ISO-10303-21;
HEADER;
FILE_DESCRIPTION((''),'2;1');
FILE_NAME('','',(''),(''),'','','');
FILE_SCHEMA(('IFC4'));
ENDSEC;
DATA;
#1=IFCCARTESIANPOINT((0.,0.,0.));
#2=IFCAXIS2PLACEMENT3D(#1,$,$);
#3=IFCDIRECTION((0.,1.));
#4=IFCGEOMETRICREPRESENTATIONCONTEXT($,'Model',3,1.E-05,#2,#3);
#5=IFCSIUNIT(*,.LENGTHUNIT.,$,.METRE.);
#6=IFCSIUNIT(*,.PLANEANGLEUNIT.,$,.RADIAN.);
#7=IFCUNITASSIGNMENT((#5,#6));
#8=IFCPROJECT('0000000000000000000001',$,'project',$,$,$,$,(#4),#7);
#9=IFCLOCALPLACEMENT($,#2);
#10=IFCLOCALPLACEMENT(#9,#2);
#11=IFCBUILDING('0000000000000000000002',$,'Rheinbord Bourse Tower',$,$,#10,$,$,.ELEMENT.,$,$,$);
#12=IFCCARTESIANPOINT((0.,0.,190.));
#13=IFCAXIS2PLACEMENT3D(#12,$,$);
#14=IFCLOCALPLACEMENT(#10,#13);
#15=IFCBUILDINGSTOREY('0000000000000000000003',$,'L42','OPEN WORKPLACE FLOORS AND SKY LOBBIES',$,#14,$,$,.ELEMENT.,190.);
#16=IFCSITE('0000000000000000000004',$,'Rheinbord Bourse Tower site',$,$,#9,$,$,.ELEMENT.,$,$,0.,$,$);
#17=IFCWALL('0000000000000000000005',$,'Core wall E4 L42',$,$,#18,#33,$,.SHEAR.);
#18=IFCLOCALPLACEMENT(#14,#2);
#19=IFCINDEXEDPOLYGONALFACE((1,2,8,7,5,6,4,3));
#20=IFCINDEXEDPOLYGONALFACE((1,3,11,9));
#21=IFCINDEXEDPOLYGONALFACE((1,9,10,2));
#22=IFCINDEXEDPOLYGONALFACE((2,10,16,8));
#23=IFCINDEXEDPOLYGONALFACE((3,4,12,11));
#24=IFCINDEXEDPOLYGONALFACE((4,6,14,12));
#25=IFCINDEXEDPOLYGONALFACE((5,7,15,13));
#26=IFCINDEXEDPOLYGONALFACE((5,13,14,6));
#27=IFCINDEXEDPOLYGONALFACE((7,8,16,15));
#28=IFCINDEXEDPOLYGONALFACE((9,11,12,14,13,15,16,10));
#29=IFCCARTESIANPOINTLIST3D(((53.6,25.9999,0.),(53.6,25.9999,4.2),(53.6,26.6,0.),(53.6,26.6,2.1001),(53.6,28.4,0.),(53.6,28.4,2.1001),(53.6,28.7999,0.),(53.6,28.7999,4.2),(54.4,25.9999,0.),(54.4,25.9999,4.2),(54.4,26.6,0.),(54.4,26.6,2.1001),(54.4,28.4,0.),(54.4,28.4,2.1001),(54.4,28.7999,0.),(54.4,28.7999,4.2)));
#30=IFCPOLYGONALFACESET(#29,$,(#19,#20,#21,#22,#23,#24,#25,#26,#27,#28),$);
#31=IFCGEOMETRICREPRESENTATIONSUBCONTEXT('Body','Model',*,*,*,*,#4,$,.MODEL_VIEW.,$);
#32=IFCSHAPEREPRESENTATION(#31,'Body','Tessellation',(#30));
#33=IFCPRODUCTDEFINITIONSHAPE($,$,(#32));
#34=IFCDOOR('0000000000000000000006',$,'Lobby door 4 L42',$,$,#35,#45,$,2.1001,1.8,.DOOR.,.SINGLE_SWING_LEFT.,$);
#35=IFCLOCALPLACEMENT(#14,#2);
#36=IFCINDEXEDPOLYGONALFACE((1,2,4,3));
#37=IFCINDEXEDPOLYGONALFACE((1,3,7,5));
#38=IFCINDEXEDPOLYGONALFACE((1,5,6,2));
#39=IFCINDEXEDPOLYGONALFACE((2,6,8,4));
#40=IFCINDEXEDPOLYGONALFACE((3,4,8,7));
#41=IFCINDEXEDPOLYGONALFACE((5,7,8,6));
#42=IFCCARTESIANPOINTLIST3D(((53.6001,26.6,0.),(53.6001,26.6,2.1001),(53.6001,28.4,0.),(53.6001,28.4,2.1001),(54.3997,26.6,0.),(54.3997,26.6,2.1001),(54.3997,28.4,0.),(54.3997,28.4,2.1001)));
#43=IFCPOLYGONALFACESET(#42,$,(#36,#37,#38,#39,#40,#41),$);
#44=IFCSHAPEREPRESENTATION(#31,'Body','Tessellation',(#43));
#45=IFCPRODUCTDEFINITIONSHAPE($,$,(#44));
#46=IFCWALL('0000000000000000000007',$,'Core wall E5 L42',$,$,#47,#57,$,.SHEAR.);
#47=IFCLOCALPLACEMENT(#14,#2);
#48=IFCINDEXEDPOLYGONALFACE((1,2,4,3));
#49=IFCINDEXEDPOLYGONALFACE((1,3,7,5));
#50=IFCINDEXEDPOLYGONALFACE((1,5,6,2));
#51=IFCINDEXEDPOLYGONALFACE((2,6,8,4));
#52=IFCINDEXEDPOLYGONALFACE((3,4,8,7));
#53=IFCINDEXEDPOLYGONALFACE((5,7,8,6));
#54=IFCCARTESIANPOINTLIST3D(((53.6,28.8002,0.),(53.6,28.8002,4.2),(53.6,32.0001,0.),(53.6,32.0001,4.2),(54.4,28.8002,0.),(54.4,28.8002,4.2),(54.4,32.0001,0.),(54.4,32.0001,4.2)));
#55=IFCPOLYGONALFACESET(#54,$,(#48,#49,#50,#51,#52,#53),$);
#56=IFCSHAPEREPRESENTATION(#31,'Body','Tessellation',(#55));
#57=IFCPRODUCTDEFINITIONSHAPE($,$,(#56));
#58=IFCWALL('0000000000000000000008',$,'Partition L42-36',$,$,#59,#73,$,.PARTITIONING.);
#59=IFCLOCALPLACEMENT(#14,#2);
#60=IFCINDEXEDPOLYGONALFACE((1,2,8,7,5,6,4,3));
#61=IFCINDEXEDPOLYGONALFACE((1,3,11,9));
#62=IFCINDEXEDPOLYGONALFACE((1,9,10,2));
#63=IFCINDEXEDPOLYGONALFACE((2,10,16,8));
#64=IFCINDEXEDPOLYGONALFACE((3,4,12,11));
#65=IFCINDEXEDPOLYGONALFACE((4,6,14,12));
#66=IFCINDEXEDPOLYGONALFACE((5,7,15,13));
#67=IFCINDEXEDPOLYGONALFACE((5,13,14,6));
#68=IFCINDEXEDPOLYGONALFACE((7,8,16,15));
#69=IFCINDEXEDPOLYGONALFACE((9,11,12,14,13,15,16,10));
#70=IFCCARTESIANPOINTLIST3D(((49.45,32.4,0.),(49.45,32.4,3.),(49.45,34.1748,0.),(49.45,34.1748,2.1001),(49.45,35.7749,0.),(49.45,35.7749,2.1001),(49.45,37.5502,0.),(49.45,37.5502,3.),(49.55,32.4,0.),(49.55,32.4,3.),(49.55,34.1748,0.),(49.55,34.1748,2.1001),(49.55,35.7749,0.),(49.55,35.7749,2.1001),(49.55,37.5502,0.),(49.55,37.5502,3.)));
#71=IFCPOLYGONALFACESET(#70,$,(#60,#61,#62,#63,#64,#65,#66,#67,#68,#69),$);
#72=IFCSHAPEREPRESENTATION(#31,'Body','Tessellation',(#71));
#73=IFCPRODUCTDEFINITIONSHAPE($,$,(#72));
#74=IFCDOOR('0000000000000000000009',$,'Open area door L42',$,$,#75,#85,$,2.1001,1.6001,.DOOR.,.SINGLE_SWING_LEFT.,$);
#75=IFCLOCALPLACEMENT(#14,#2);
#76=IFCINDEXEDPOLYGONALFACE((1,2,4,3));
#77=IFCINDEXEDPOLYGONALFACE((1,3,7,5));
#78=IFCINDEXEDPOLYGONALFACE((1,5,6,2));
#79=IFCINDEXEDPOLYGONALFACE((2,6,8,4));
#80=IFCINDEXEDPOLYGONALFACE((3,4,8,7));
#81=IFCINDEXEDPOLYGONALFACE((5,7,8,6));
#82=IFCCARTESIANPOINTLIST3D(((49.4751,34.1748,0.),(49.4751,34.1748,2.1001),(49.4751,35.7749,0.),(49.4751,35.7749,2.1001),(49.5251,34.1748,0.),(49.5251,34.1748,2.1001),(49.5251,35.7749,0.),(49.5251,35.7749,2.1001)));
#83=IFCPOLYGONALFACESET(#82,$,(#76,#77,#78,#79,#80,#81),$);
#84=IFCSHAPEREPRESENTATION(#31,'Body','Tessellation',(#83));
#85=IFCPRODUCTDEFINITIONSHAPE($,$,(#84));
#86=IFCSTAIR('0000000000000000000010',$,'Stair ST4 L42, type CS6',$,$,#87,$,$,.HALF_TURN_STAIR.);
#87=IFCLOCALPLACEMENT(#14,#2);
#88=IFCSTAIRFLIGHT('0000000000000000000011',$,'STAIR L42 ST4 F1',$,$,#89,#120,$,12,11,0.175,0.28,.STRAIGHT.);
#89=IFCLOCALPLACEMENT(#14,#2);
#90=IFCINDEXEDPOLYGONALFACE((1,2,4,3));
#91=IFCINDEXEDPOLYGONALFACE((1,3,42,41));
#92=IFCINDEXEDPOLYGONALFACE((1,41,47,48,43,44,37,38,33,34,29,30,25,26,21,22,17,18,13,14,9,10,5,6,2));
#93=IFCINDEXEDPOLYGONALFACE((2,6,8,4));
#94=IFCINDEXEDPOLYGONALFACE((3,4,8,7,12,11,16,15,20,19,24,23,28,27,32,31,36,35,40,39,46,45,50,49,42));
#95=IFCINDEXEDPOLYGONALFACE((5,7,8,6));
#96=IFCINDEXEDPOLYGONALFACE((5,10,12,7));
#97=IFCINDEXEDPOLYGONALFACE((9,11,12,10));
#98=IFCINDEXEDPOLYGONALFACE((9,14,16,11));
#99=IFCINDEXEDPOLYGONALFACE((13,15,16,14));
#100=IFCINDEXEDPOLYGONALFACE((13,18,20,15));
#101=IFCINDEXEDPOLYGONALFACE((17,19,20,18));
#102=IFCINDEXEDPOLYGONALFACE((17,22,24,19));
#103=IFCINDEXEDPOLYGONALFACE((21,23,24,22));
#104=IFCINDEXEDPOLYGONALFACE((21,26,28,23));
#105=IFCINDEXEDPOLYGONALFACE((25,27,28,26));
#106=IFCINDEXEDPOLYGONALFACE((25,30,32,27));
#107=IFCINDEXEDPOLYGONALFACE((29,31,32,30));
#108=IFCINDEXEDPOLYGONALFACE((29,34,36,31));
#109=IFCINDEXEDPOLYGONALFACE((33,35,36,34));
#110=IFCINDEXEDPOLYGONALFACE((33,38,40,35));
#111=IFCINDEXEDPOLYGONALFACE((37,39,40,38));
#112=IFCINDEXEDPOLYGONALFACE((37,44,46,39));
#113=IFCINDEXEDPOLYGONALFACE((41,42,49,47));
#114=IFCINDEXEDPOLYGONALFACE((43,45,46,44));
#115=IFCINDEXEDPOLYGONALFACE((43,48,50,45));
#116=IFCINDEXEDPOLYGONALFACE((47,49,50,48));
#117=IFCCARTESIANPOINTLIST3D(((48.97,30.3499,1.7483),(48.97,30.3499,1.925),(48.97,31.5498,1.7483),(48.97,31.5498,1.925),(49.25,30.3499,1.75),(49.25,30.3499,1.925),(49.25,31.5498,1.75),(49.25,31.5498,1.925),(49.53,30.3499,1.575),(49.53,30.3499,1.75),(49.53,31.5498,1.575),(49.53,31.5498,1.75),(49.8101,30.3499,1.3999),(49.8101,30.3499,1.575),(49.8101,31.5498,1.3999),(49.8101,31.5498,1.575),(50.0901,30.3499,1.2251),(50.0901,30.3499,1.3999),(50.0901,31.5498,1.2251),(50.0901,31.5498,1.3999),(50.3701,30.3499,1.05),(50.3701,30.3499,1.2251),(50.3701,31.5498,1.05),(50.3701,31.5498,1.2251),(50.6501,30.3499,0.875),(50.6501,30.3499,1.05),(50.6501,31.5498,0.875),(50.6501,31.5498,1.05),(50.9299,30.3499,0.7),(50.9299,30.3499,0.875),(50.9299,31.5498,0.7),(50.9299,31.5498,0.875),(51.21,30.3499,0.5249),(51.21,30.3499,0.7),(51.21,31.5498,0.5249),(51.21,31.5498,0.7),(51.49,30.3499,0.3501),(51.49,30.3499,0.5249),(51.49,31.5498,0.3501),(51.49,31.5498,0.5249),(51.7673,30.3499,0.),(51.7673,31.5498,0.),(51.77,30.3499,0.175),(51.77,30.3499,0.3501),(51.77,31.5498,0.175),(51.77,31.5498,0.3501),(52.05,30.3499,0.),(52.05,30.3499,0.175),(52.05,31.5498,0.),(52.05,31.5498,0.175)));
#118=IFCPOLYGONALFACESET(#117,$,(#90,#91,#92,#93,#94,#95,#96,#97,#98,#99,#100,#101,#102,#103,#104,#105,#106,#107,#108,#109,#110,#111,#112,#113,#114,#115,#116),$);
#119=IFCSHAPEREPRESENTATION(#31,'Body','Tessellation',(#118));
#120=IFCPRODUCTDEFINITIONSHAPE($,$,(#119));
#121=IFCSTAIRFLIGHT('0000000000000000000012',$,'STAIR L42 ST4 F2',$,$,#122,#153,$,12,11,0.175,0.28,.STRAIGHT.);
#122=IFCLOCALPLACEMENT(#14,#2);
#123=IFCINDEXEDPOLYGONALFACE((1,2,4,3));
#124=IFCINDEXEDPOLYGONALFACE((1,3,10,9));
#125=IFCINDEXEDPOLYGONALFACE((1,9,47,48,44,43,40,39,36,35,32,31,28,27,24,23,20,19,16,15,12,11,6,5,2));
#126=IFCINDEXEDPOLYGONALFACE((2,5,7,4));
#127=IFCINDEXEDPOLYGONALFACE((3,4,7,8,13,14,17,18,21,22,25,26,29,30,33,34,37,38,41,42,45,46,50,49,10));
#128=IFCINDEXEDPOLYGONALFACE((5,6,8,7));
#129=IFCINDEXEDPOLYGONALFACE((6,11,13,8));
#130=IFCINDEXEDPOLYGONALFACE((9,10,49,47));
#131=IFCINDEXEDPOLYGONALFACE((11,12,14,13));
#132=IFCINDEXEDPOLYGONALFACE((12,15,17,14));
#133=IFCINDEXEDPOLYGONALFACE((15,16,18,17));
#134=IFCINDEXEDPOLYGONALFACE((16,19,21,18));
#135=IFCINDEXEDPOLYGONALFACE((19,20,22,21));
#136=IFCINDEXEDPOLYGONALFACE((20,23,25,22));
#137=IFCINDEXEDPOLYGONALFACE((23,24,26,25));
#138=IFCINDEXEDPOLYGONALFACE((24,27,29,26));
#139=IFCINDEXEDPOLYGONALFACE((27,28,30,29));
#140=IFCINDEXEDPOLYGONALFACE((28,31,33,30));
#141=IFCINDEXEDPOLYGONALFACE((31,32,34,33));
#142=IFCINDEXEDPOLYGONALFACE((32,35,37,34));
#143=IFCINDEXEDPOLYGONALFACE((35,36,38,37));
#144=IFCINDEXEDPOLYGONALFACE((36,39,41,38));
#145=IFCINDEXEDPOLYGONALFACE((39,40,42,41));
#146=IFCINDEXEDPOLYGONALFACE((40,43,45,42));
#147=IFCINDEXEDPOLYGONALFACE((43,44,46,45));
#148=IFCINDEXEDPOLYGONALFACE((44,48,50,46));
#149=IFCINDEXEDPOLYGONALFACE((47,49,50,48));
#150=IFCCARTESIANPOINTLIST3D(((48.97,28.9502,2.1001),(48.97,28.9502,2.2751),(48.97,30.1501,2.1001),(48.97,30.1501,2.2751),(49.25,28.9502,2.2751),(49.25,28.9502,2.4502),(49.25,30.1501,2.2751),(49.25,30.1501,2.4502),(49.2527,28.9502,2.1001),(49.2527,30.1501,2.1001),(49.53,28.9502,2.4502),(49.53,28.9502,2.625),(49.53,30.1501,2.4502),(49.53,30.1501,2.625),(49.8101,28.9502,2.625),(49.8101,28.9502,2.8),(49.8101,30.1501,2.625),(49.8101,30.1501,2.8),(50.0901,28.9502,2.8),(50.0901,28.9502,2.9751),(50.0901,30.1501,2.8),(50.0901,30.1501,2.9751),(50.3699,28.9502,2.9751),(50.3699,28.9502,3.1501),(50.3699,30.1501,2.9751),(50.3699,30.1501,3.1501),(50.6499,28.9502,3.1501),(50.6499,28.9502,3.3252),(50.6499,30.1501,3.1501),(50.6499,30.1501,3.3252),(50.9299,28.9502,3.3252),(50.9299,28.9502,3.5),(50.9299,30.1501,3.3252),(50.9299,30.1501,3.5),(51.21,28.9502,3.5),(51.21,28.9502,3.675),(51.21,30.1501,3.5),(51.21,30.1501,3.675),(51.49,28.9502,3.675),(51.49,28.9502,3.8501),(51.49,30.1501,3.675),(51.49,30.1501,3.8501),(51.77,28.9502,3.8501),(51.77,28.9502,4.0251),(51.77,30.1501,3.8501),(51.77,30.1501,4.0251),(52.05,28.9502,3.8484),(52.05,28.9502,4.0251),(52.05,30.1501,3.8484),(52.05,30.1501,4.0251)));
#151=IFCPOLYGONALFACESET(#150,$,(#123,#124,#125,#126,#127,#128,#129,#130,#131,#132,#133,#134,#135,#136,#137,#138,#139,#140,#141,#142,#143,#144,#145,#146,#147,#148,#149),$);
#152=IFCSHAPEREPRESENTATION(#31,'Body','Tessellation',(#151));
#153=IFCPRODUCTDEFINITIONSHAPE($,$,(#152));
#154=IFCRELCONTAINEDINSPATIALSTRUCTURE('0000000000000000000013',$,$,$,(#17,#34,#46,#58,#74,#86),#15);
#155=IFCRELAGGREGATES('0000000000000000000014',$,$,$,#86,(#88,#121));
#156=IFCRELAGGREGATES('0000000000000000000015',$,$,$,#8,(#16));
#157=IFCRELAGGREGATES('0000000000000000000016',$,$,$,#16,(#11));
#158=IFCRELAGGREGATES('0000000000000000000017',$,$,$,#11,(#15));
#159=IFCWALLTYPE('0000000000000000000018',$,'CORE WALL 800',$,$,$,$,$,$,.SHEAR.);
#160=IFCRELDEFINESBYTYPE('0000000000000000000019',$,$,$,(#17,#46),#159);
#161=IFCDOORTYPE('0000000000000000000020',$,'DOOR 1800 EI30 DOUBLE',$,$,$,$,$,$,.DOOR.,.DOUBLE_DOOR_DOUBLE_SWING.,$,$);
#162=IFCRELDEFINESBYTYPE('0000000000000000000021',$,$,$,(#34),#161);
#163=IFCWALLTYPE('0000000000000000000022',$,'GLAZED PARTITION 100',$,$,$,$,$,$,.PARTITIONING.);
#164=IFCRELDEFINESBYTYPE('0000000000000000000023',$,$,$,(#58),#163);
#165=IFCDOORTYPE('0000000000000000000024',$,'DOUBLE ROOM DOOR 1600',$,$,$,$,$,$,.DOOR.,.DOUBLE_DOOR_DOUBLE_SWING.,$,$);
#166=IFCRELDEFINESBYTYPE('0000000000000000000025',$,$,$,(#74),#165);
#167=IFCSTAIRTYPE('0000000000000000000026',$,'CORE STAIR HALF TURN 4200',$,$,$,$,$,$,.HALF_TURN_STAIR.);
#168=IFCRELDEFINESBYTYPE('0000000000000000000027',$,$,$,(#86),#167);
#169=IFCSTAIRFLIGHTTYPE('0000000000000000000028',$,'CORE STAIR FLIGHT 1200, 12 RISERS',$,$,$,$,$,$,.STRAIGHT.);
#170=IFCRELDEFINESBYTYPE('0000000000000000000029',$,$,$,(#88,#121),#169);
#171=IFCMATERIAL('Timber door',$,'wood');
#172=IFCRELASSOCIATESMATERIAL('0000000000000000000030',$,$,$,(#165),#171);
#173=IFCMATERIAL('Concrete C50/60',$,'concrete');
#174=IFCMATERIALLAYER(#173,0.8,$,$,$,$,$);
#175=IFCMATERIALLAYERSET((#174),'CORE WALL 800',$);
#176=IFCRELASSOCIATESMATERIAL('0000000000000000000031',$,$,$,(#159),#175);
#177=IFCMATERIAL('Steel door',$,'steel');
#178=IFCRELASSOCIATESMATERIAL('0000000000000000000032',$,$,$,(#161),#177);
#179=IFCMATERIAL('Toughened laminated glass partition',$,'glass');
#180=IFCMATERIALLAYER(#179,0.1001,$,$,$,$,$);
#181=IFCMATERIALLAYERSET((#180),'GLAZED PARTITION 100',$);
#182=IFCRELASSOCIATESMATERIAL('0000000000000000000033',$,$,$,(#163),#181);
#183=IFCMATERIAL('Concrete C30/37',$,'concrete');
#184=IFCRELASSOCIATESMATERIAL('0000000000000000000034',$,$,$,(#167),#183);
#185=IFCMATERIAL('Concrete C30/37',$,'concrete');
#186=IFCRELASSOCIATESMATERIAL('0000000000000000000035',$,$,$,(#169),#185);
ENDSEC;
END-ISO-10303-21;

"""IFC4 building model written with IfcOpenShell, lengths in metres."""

from ifc_helpers import new_model, si_unit, direction, frame, frame_2d, origin, place, context, subcontext, project, spatial, polyline, rectangle, outline, extrude, material, layer, layer_set, type_object, element, fill, aggregate, save


model = new_model("IFC4")

# Units and contexts
model_context = context("Model", 3, precision=1e-05, world=origin(), true_north=direction((0.0, 1.0)))
body_context = subcontext(model_context, "Body", "Model", "MODEL_VIEW")
ifc_project = project(units=[si_unit("LENGTHUNIT", "METRE"), si_unit("PLANEANGLEUNIT", "RADIAN")], contexts=[model_context])

# Site, building, storey
site_placement = place(None, origin())
site = spatial("IfcSite", under=ifc_project, at=site_placement, Name="Rheinbord Bourse Tower site", CompositionType="ELEMENT", RefElevation=0.0)
building_placement = place(site_placement, origin())
building = spatial("IfcBuilding", under=site, at=building_placement, Name="Rheinbord Bourse Tower", CompositionType="ELEMENT")
storey_placement = place(building_placement, frame((0.0, 0.0, 190.0)))
storey = spatial("IfcBuildingStorey", under=building, at=storey_placement, Name="L42", Description="OPEN WORKPLACE FLOORS AND SKY LOBBIES", CompositionType="ELEMENT", Elevation=190.0)

# Shared definitions
ifc_material_1 = material(Name="Timber door", Category="wood")
door_type_1 = type_object("IfcDoorType", Name="DOUBLE ROOM DOOR 1600", OperationType="DOUBLE_DOOR_DOUBLE_SWING", PredefinedType="DOOR", material=ifc_material_1)

# Shared definitions
ifc_material_2 = material(Name="Concrete C50/60", Category="concrete")
ifc_layer_1 = layer(ifc_material_2, 0.8)
ifc_layer_set_1 = layer_set([ifc_layer_1], Name="CORE WALL 800")
wall_type_1 = type_object("IfcWallType", Name="CORE WALL 800", PredefinedType="SHEAR", material=ifc_layer_set_1)

# Wall, opening, door
wall_1_placement = place(storey_placement, frame((54.0, 26.0, 0.0), z_axis=(0.0, 0.0, 1.0), x_axis=(0.0, 1.0, 0.0)))
wall_1 = element("IfcWall", 1, at=wall_1_placement, inside=storey, type_object=wall_type_1, Name="Core wall E4 L42", PredefinedType="SHEAR", context=body_context, shape_type="SweptSolid", body=[
    extrude(rectangle(XDim=2.8, YDim=0.8, at=frame_2d((1.3999, 0.0))), origin(), (0.0, 0.0, 1.0), 4.2),
])
opening_1_placement = place(wall_1_placement, frame((0.6001, 0.0, 0.0)))
opening_1 = element("IfcOpeningElement", 2, at=opening_1_placement, cuts=wall_1, PredefinedType="OPENING", context=body_context, shape_type="SweptSolid", body=[
    extrude(rectangle(XDim=1.8, YDim=2.1001, at=frame_2d((0.8999, 1.05))), frame((0.0, 0.4099, 0.0), z_axis=(0.0, -1.0, 0.0), x_axis=(1.0, 0.0, 0.0)), (0.0, 0.0, 1.0), 0.8201),
])
ifc_material_3 = material(Name="Steel door", Category="steel")
door_type_2 = type_object("IfcDoorType", Name="DOOR 1800 EI30 DOUBLE", OperationType="DOUBLE_DOOR_DOUBLE_SWING", PredefinedType="DOOR", material=ifc_material_3)
door_1_placement = place(opening_1_placement, origin())
door_1 = element("IfcDoor", 3, at=door_1_placement, inside=storey, type_object=door_type_2, Name="Lobby door 4 L42", OperationType="SINGLE_SWING_LEFT", OverallHeight=2.1001, OverallWidth=1.8, PredefinedType="DOOR", context=body_context, shape_type="SweptSolid", body=[
    extrude(rectangle(XDim=1.8, YDim=2.1001, at=frame_2d((0.8999, 1.05))), frame((0.0, 0.3999, 0.0), z_axis=(0.0, -1.0, 0.0), x_axis=(1.0, 0.0, 0.0)), (0.0, 0.0, 1.0), 0.7996),
])
fill(opening_1, door_1)

# Wall
wall_2_placement = place(storey_placement, frame((54.0, 28.8, 0.0), z_axis=(0.0, 0.0, 1.0), x_axis=(0.0, 1.0, 0.0)))
element("IfcWall", 4, at=wall_2_placement, inside=storey, type_object=wall_type_1, Name="Core wall E5 L42", PredefinedType="SHEAR", context=body_context, shape_type="SweptSolid", body=[
    extrude(rectangle(XDim=3.2, YDim=0.8, at=frame_2d((1.6001, 0.0))), origin(), (0.0, 0.0, 1.0), 4.2),
])

# Wall, opening, door
ifc_material_4 = material(Name="Toughened laminated glass partition", Category="glass")
ifc_layer_2 = layer(ifc_material_4, 0.1001)
ifc_layer_set_2 = layer_set([ifc_layer_2], Name="GLAZED PARTITION 100")
wall_type_2 = type_object("IfcWallType", Name="GLAZED PARTITION 100", PredefinedType="PARTITIONING", material=ifc_layer_set_2)
wall_3_placement = place(storey_placement, frame((49.5, 32.3999, 0.0), z_axis=(0.0, 0.0, 1.0), x_axis=(0.0, 1.0, 0.0)))
wall_3 = element("IfcWall", 5, at=wall_3_placement, inside=storey, type_object=wall_type_2, Name="Partition L42-36", PredefinedType="PARTITIONING", context=body_context, shape_type="SweptSolid", body=[
    extrude(rectangle(XDim=5.1501, YDim=0.1001, at=frame_2d((2.5752, 0.0))), origin(), (0.0, 0.0, 1.0), 3.0),
])
opening_2_placement = place(wall_3_placement, frame((1.7749, 0.0, 0.0)))
opening_2 = element("IfcOpeningElement", 6, at=opening_2_placement, cuts=wall_3, PredefinedType="OPENING", context=body_context, shape_type="SweptSolid", body=[
    extrude(rectangle(XDim=1.6001, YDim=2.1001, at=frame_2d((0.8, 1.05))), frame((0.0, 0.0601, 0.0), z_axis=(0.0, -1.0, 0.0), x_axis=(1.0, 0.0, 0.0)), (0.0, 0.0, 1.0), 0.1201),
])
door_2_placement = place(opening_2_placement, origin())
door_2 = element("IfcDoor", 7, at=door_2_placement, inside=storey, type_object=door_type_1, Name="Open area door L42", OperationType="SINGLE_SWING_LEFT", OverallHeight=2.1001, OverallWidth=1.6001, PredefinedType="DOOR", context=body_context, shape_type="SweptSolid", body=[
    extrude(rectangle(XDim=1.6001, YDim=2.1001, at=frame_2d((0.8, 1.05))), frame((0.0, 0.0249, 0.0), z_axis=(0.0, -1.0, 0.0), x_axis=(1.0, 0.0, 0.0)), (0.0, 0.0, 1.0), 0.05),
])
fill(opening_2, door_2)

# Stair, stair flights
ifc_material_5 = material(Name="Concrete C30/37", Category="concrete")
stair_type = type_object("IfcStairType", Name="CORE STAIR HALF TURN 4200", PredefinedType="HALF_TURN_STAIR", material=ifc_material_5)
stair_placement = place(storey_placement, origin())
stair = element("IfcStair", 8, at=stair_placement, inside=storey, type_object=stair_type, Name="Stair ST4 L42, type CS6", PredefinedType="HALF_TURN_STAIR")
ifc_material_6 = material(Name="Concrete C30/37", Category="concrete")
stair_flight_type = type_object("IfcStairFlightType", Name="CORE STAIR FLIGHT 1200, 12 RISERS", PredefinedType="STRAIGHT", material=ifc_material_6)
stair_flight_1_placement = place(storey_placement, frame((52.05, 30.95, 0.0), z_axis=(0.0, 0.0, 1.0), x_axis=(-1.0, 0.0, 0.0)))
stair_flight_1 = element("IfcStairFlight", 9, at=stair_flight_1_placement, type_object=stair_flight_type, Name="STAIR L42 ST4 F1", NumberOfRisers=12, NumberOfTreads=11, PredefinedType="STRAIGHT", RiserHeight=0.175, TreadLength=0.28, context=body_context, shape_type="SweptSolid", body=[
    extrude(outline(polyline([(0.0, 0.0), (0.0, 0.175), (0.28, 0.175), (0.28, 0.3501), (0.5601, 0.3501), (0.5601, 0.5249), (0.8401, 0.5249), (0.8401, 0.7), (1.1201, 0.7), (1.1201, 0.875), (1.3999, 0.875), (1.3999, 1.05), (1.6799, 1.05), (1.6799, 1.2251), (1.96, 1.2251), (1.96, 1.3999), (2.24, 1.3999), (2.24, 1.575), (2.52, 1.575), (2.52, 1.75), (2.8, 1.75), (2.8, 1.925), (3.0801, 1.925), (3.0801, 2.1001), (3.0801, 1.7483), (0.2827, 0.0), (0.0, 0.0)])), frame((0.0, 0.6001, 0.0), z_axis=(0.0, -1.0, 0.0), x_axis=(1.0, 0.0, 0.0)), (0.0, 0.0, 1.0), 1.2),
])
stair_flight_2_placement = place(storey_placement, frame((48.97, 29.55, 2.1001), z_axis=(0.0, 0.0, 1.0), x_axis=(1.0, 0.0, 0.0)))
stair_flight_2 = element("IfcStairFlight", 10, at=stair_flight_2_placement, type_object=stair_flight_type, Name="STAIR L42 ST4 F2", NumberOfRisers=12, NumberOfTreads=11, PredefinedType="STRAIGHT", RiserHeight=0.175, TreadLength=0.28, context=body_context, shape_type="SweptSolid", body=[
    extrude(outline(polyline([(0.0, 0.0), (0.0, 0.175), (0.28, 0.175), (0.28, 0.3501), (0.5601, 0.3501), (0.5601, 0.5249), (0.8401, 0.5249), (0.8401, 0.7), (1.1201, 0.7), (1.1201, 0.875), (1.3999, 0.875), (1.3999, 1.05), (1.6799, 1.05), (1.6799, 1.2251), (1.96, 1.2251), (1.96, 1.3999), (2.24, 1.3999), (2.24, 1.575), (2.52, 1.575), (2.52, 1.75), (2.8, 1.75), (2.8, 1.925), (3.0801, 1.925), (3.0801, 2.1001), (3.0801, 1.7483), (0.2827, 0.0), (0.0, 0.0)])), frame((0.0, 0.6001, 0.0), z_axis=(0.0, -1.0, 0.0), x_axis=(1.0, 0.0, 0.0)), (0.0, 0.0, 1.0), 1.2),
])
aggregate(stair, [stair_flight_1, stair_flight_2])

save(model, "model.ifc")
